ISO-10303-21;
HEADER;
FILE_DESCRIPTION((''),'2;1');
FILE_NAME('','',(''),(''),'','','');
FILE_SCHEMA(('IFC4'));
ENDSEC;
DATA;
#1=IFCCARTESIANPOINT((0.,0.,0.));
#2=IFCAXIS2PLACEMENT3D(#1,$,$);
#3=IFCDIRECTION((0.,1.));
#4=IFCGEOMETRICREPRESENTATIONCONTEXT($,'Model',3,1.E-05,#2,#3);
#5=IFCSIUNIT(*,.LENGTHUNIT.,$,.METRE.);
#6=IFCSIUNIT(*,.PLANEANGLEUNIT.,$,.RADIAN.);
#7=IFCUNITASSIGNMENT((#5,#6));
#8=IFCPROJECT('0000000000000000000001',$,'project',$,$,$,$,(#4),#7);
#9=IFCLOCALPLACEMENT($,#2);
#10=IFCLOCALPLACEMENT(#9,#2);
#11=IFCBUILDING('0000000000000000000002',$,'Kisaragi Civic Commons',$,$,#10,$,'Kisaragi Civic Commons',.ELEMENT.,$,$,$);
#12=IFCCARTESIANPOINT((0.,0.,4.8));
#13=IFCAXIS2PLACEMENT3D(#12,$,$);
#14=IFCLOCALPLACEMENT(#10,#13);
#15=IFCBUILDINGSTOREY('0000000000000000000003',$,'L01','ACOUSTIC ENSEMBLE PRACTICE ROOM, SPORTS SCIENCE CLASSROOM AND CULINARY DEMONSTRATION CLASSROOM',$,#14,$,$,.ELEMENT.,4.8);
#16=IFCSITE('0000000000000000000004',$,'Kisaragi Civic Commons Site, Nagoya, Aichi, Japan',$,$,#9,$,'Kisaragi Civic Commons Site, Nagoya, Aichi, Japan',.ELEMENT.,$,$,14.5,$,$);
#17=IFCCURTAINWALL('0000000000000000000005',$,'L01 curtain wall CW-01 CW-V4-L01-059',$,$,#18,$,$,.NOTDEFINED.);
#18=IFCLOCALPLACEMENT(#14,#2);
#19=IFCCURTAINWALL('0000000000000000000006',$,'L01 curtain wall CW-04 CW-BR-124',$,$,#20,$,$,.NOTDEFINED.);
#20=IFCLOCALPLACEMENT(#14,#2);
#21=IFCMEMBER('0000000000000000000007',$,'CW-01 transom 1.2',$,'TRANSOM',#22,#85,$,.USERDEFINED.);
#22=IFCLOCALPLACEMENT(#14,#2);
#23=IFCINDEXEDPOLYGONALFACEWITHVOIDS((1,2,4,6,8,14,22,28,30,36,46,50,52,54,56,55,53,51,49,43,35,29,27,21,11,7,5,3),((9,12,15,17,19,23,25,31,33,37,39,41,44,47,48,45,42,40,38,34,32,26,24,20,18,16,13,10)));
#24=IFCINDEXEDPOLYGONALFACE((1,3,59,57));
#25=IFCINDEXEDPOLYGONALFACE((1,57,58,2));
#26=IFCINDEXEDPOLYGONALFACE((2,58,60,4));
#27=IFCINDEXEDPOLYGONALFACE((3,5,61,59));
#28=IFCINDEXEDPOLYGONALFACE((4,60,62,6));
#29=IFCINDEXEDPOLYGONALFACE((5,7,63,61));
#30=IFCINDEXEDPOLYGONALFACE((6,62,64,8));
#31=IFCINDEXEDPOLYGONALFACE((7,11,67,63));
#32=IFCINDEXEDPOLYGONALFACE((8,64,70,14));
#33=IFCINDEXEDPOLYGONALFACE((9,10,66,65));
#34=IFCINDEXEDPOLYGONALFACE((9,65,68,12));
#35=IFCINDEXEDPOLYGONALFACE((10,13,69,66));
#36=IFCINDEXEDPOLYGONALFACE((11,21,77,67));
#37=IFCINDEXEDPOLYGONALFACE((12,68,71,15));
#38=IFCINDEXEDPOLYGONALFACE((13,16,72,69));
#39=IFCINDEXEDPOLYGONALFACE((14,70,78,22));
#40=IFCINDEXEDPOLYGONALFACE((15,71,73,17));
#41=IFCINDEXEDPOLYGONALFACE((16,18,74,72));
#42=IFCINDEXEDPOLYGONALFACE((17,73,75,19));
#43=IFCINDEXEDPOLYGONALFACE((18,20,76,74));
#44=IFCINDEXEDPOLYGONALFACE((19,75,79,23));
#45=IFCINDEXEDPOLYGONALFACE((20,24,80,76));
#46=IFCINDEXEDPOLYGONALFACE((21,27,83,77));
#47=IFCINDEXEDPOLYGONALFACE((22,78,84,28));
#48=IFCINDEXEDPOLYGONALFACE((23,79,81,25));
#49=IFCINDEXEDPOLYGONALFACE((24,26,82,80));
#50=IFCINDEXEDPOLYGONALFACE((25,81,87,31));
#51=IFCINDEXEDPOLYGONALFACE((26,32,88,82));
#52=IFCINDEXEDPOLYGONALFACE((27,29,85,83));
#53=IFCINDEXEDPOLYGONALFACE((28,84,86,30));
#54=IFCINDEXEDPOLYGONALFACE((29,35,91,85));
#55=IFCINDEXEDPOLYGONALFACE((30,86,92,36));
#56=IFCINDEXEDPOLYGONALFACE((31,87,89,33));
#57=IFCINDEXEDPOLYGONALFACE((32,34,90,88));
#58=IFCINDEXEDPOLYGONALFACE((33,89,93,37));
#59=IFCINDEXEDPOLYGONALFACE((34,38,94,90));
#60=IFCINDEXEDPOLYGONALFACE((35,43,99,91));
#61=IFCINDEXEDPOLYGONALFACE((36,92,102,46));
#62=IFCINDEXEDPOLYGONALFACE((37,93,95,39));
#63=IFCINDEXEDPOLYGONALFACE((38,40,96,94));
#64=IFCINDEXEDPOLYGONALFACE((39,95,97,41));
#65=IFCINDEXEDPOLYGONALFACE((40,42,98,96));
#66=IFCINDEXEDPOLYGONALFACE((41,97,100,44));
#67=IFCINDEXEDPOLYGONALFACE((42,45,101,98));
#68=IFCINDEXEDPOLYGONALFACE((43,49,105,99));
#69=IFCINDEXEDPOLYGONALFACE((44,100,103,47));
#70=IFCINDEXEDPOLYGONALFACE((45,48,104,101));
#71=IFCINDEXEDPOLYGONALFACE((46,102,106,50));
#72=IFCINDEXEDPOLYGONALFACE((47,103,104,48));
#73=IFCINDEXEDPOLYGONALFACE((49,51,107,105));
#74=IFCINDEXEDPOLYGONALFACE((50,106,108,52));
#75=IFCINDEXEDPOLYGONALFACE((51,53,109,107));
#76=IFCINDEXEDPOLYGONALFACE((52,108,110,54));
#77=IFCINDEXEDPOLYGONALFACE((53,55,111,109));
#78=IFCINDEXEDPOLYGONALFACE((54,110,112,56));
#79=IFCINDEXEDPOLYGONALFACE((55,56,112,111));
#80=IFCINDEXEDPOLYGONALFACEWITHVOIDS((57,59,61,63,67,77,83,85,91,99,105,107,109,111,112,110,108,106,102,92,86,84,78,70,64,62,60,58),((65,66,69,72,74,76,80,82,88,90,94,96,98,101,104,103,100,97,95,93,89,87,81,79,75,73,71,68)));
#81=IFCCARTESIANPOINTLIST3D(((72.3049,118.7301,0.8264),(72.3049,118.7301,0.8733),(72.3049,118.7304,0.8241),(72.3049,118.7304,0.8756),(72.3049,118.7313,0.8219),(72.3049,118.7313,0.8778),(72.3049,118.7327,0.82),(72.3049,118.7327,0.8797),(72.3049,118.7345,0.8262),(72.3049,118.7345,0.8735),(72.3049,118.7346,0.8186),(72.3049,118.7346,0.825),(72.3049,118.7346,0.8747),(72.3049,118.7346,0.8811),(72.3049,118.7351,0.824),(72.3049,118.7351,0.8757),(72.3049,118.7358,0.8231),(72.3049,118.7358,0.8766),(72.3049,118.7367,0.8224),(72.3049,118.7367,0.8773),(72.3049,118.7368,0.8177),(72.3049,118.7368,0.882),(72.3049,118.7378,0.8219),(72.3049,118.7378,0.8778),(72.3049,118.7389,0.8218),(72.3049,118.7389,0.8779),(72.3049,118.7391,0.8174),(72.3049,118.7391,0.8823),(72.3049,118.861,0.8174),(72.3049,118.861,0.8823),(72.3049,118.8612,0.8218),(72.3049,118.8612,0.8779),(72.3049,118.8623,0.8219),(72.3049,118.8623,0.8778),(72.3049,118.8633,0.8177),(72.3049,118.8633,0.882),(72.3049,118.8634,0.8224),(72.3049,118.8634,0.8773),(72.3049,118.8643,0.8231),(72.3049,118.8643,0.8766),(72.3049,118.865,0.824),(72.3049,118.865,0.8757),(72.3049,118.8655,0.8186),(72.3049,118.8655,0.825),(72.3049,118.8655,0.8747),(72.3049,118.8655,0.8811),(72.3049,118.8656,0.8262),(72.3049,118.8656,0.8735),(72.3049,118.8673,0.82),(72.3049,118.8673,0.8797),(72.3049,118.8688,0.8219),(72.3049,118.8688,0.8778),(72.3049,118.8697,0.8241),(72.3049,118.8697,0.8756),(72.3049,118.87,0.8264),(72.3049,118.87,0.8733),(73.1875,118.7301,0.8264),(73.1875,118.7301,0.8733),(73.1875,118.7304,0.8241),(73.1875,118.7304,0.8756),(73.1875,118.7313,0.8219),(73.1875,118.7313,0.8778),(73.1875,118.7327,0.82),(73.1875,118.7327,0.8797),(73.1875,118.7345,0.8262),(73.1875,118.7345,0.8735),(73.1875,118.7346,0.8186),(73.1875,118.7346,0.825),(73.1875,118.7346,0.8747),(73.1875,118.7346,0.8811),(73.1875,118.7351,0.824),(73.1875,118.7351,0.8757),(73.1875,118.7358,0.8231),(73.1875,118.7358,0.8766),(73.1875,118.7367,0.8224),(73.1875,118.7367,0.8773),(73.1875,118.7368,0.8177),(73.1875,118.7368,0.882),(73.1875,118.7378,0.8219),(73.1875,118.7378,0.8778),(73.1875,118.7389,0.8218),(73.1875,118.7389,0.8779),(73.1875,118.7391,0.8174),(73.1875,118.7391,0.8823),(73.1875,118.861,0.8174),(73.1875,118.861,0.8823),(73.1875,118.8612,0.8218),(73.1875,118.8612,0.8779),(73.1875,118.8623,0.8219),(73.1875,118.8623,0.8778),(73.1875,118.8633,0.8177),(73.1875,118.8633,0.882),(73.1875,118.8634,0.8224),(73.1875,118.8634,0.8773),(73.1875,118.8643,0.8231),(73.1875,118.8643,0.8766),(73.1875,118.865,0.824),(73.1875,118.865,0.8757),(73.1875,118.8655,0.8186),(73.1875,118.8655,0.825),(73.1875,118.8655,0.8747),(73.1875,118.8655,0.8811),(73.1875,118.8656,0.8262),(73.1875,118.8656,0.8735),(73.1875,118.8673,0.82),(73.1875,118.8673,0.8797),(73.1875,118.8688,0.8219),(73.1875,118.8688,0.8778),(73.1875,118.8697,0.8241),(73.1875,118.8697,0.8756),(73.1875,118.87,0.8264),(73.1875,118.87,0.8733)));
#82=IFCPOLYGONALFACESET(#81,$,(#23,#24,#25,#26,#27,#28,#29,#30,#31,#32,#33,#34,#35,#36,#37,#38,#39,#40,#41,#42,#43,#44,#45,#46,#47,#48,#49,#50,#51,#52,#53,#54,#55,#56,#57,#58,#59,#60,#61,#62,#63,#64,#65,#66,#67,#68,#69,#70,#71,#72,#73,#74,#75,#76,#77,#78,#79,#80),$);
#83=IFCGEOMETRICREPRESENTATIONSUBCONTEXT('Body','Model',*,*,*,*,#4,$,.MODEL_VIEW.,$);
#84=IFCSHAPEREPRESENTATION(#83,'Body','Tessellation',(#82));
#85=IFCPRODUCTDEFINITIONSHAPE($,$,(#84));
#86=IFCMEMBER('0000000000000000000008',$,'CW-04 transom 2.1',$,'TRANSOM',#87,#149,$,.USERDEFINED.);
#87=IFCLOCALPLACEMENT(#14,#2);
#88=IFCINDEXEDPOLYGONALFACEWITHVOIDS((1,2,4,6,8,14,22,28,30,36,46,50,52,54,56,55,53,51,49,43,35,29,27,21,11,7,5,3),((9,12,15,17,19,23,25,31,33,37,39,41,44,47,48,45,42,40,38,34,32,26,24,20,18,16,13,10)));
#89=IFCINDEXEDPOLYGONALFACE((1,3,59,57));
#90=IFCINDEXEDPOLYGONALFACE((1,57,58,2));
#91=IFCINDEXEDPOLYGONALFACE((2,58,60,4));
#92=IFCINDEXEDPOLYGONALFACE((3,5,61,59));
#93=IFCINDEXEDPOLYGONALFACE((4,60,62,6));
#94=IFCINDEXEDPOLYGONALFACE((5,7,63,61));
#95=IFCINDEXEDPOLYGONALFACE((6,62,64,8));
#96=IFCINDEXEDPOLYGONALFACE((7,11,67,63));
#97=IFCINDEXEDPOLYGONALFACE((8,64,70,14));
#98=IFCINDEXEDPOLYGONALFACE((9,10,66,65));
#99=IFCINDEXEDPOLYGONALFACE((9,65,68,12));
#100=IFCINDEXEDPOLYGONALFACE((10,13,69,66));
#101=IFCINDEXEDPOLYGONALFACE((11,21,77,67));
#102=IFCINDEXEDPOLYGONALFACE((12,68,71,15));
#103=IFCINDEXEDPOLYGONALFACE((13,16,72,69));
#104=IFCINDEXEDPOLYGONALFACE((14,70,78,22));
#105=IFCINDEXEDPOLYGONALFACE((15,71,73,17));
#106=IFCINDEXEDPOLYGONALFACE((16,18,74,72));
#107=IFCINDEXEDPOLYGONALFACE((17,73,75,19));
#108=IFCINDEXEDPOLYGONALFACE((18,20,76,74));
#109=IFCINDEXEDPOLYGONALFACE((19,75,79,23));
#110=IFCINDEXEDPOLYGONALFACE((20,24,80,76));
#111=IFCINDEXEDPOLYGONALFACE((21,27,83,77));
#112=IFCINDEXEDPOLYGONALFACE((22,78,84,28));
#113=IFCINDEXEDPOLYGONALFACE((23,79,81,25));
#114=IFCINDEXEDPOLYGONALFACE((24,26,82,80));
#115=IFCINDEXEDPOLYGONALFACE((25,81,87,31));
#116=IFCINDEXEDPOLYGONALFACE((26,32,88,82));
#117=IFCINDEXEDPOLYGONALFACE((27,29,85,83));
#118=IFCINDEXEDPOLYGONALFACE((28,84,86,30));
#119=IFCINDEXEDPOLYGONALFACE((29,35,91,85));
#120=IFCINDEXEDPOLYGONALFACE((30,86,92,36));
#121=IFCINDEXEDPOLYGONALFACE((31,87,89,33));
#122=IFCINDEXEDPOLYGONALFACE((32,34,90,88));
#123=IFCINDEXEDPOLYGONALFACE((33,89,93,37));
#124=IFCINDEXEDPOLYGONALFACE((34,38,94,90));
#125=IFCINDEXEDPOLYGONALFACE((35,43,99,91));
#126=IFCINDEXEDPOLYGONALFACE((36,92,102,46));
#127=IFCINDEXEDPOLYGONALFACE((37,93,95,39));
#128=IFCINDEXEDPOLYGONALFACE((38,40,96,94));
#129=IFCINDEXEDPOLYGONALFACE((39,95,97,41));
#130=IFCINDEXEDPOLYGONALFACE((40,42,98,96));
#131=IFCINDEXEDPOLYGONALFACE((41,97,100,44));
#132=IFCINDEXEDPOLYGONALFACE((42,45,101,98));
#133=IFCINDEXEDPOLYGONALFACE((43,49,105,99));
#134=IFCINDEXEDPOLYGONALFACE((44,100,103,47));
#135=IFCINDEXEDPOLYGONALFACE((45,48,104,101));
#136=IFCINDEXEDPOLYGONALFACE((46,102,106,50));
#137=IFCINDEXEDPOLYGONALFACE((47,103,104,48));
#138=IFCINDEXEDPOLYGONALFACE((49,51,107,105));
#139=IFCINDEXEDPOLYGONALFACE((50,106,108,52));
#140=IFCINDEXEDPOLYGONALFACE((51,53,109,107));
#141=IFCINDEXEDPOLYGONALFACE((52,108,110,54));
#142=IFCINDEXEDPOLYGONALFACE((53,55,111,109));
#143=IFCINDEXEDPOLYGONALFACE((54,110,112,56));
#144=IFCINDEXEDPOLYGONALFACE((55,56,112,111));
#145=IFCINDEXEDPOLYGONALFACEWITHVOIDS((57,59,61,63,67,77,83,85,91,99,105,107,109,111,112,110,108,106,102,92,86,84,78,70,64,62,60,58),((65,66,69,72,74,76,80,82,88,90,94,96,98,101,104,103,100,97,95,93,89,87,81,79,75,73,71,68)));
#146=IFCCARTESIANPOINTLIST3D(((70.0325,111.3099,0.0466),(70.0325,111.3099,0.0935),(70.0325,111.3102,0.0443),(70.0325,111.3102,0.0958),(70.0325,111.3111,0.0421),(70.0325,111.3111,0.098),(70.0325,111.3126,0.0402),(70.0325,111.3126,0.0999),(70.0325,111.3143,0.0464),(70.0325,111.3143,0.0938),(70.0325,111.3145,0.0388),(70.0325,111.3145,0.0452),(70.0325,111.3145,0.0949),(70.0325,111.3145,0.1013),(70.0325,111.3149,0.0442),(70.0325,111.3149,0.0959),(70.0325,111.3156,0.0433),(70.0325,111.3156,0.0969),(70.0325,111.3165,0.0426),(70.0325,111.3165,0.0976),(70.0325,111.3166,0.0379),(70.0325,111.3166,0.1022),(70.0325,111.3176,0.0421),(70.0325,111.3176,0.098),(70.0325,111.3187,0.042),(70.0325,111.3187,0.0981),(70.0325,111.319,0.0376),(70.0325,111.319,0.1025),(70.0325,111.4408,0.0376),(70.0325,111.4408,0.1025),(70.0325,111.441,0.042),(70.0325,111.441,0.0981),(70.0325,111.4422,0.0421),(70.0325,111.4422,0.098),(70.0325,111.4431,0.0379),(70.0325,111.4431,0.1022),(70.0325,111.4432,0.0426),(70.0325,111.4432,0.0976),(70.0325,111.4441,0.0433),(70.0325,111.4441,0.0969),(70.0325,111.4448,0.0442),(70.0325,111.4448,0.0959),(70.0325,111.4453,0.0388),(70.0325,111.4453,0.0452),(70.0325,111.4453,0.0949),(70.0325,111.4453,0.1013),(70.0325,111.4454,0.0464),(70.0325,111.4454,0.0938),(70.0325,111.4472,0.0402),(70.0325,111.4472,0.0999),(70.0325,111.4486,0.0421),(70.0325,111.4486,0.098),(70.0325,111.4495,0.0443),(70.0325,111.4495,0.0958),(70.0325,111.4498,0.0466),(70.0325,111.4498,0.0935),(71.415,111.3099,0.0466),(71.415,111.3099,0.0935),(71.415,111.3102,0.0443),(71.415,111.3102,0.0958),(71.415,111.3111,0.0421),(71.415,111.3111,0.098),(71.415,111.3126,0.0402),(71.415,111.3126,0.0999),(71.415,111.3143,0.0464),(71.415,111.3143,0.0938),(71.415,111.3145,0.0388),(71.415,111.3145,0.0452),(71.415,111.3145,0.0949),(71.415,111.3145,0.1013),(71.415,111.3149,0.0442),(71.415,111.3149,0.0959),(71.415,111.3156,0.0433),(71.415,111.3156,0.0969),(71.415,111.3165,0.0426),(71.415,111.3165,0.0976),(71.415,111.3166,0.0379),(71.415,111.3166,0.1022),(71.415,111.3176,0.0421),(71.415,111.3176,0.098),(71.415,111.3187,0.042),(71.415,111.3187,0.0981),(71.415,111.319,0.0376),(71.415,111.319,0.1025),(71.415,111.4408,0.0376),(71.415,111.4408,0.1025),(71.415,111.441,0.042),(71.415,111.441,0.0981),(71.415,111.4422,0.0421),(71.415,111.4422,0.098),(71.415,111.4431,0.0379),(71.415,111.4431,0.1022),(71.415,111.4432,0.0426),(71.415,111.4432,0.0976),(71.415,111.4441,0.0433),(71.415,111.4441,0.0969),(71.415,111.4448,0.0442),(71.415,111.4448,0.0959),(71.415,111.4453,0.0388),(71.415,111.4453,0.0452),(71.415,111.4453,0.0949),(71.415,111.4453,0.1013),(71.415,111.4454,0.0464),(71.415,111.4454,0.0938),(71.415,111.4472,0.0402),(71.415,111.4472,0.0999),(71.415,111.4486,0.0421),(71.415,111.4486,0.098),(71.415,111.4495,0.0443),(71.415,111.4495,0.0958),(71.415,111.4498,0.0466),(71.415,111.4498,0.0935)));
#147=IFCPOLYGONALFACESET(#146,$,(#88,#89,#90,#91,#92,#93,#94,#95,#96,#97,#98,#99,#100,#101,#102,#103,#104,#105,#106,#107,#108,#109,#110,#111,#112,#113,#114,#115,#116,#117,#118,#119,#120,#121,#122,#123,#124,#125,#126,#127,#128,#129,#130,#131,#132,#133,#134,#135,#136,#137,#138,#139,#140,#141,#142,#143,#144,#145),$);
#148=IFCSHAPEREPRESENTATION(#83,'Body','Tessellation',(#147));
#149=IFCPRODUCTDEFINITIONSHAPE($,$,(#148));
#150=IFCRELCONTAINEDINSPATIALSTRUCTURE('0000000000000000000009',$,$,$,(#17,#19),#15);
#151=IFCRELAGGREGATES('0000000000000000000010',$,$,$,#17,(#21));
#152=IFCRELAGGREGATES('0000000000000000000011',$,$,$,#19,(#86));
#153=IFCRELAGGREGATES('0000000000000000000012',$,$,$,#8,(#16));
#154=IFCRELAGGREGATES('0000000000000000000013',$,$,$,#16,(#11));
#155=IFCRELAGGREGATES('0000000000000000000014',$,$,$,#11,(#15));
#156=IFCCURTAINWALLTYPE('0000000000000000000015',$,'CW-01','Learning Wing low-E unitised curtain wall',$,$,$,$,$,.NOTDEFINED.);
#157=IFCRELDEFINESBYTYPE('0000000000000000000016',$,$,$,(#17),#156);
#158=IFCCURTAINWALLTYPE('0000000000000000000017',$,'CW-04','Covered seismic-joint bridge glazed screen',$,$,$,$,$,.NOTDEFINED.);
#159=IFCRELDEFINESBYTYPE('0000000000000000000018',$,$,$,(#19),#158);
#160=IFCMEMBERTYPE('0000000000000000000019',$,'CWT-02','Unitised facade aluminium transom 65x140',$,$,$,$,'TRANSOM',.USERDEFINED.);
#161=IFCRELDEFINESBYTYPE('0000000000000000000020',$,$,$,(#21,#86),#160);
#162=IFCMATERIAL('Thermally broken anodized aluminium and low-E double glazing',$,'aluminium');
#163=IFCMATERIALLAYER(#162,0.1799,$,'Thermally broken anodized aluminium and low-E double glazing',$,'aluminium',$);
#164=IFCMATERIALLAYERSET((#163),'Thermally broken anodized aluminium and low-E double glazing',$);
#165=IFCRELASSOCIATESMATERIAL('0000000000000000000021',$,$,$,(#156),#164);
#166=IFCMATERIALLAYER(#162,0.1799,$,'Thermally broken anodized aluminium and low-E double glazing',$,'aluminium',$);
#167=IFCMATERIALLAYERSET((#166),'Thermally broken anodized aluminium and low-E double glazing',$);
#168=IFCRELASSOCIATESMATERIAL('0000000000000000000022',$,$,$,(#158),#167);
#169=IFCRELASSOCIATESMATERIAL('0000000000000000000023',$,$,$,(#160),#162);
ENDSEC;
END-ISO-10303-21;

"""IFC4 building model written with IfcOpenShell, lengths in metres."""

from ifc_helpers import new_model, si_unit, direction, frame, origin, origin_2d, place, context, subcontext, project, spatial, hollow_rectangle, extrude, material, layer, layer_set, material_profile, profile_set, type_object, element, aggregate, save


model = new_model("IFC4")

# Units and contexts
model_context = context("Model", 3, precision=1e-05, world=origin(), true_north=direction((0.0, 1.0)))
body_context = subcontext(model_context, "Body", "Model", "MODEL_VIEW")
ifc_project = project(units=[si_unit("LENGTHUNIT", "METRE"), si_unit("PLANEANGLEUNIT", "RADIAN")], contexts=[model_context])

# Site, building, storey
site_placement = place(None, origin())
site = spatial("IfcSite", under=ifc_project, at=site_placement, Name="Kisaragi Civic Commons Site, Nagoya, Aichi, Japan", LongName="Kisaragi Civic Commons Site, Nagoya, Aichi, Japan", CompositionType="ELEMENT", RefElevation=14.5)
building_placement = place(site_placement, origin())
building = spatial("IfcBuilding", under=site, at=building_placement, Name="Kisaragi Civic Commons", LongName="Kisaragi Civic Commons", CompositionType="ELEMENT")
storey_placement = place(building_placement, frame((0.0, 0.0, 4.8)))
storey = spatial("IfcBuildingStorey", under=building, at=storey_placement, Name="L01", Description="ACOUSTIC ENSEMBLE PRACTICE ROOM, SPORTS SCIENCE CLASSROOM AND CULINARY DEMONSTRATION CLASSROOM", CompositionType="ELEMENT", Elevation=4.8)

# Curtain wall
ifc_material_1 = material(Name="Thermally broken anodized aluminium and low-E double glazing", Category="aluminium")
ifc_layer_1 = layer(ifc_material_1, 0.1799, Name="Thermally broken anodized aluminium and low-E double glazing", Category="aluminium")
ifc_layer_set_1 = layer_set([ifc_layer_1], Name="Thermally broken anodized aluminium and low-E double glazing")
curtain_wall_type_1 = type_object("IfcCurtainWallType", Name="CW-01", Description="Learning Wing low-E unitised curtain wall", PredefinedType="NOTDEFINED", material=ifc_layer_set_1)
curtain_wall_1_placement = place(storey_placement, origin())
curtain_wall_1 = element("IfcCurtainWall", 1, at=curtain_wall_1_placement, inside=storey, type_object=curtain_wall_type_1, Name="L01 curtain wall CW-01 CW-V4-L01-059", PredefinedType="NOTDEFINED")

# Curtain wall
ifc_layer_2 = layer(ifc_material_1, 0.1799, Name="Thermally broken anodized aluminium and low-E double glazing", Category="aluminium")
ifc_layer_set_2 = layer_set([ifc_layer_2], Name="Thermally broken anodized aluminium and low-E double glazing")
curtain_wall_type_2 = type_object("IfcCurtainWallType", Name="CW-04", Description="Covered seismic-joint bridge glazed screen", PredefinedType="NOTDEFINED", material=ifc_layer_set_2)
curtain_wall_2_placement = place(storey_placement, origin())
curtain_wall_2 = element("IfcCurtainWall", 2, at=curtain_wall_2_placement, inside=storey, type_object=curtain_wall_type_2, Name="L01 curtain wall CW-04 CW-BR-124", PredefinedType="NOTDEFINED")

# Members
ifc_material_profile_1 = material_profile(ifc_material_1, hollow_rectangle(XDim=0.1399, YDim=0.0649, WallThickness=0.0044, InnerFilletRadius=0.0044, OuterFilletRadius=0.009, at=origin_2d()), Name="CWT-65x140x4.5", Category="aluminium")
ifc_profile_set_1 = profile_set([ifc_material_profile_1], Name="Thermally broken anodized aluminium and low-E double glazing")
member_type_1 = type_object("IfcMemberType", Name="CWT-02", Description="Unitised facade aluminium transom 65x140", ElementType="TRANSOM", PredefinedType="USERDEFINED", material=ifc_profile_set_1)
member_1_placement = place(storey_placement, frame((72.3049, 118.8, 0.8499), z_axis=(1.0, 0.0, 0.0), x_axis=(0.0, 1.0, 0.0)))
member_1 = element("IfcMember", 3, at=member_1_placement, type_object=member_type_1, Name="CW-01 transom 1.2", ObjectType="TRANSOM", PredefinedType="USERDEFINED", context=body_context, shape_type="SweptSolid", body=[
    extrude(hollow_rectangle(XDim=0.1399, YDim=0.0649, WallThickness=0.0044, InnerFilletRadius=0.0044, OuterFilletRadius=0.009, at=origin_2d()), origin(), (0.0, 0.0, 1.0), 0.8826),
])
aggregate(curtain_wall_1, [member_1])
member_2_placement = place(storey_placement, frame((70.0325, 111.3799, 0.0701), z_axis=(1.0, 0.0, 0.0), x_axis=(0.0, 1.0, 0.0)))
member_2 = element("IfcMember", 4, at=member_2_placement, type_object=member_type_1, Name="CW-04 transom 2.1", ObjectType="TRANSOM", PredefinedType="USERDEFINED", context=body_context, shape_type="SweptSolid", body=[
    extrude(hollow_rectangle(XDim=0.1399, YDim=0.0649, WallThickness=0.0044, InnerFilletRadius=0.0044, OuterFilletRadius=0.009, at=origin_2d()), origin(), (0.0, 0.0, 1.0), 1.3826),
])

aggregate(curtain_wall_2, [member_2])

save(model, "model.ifc")
